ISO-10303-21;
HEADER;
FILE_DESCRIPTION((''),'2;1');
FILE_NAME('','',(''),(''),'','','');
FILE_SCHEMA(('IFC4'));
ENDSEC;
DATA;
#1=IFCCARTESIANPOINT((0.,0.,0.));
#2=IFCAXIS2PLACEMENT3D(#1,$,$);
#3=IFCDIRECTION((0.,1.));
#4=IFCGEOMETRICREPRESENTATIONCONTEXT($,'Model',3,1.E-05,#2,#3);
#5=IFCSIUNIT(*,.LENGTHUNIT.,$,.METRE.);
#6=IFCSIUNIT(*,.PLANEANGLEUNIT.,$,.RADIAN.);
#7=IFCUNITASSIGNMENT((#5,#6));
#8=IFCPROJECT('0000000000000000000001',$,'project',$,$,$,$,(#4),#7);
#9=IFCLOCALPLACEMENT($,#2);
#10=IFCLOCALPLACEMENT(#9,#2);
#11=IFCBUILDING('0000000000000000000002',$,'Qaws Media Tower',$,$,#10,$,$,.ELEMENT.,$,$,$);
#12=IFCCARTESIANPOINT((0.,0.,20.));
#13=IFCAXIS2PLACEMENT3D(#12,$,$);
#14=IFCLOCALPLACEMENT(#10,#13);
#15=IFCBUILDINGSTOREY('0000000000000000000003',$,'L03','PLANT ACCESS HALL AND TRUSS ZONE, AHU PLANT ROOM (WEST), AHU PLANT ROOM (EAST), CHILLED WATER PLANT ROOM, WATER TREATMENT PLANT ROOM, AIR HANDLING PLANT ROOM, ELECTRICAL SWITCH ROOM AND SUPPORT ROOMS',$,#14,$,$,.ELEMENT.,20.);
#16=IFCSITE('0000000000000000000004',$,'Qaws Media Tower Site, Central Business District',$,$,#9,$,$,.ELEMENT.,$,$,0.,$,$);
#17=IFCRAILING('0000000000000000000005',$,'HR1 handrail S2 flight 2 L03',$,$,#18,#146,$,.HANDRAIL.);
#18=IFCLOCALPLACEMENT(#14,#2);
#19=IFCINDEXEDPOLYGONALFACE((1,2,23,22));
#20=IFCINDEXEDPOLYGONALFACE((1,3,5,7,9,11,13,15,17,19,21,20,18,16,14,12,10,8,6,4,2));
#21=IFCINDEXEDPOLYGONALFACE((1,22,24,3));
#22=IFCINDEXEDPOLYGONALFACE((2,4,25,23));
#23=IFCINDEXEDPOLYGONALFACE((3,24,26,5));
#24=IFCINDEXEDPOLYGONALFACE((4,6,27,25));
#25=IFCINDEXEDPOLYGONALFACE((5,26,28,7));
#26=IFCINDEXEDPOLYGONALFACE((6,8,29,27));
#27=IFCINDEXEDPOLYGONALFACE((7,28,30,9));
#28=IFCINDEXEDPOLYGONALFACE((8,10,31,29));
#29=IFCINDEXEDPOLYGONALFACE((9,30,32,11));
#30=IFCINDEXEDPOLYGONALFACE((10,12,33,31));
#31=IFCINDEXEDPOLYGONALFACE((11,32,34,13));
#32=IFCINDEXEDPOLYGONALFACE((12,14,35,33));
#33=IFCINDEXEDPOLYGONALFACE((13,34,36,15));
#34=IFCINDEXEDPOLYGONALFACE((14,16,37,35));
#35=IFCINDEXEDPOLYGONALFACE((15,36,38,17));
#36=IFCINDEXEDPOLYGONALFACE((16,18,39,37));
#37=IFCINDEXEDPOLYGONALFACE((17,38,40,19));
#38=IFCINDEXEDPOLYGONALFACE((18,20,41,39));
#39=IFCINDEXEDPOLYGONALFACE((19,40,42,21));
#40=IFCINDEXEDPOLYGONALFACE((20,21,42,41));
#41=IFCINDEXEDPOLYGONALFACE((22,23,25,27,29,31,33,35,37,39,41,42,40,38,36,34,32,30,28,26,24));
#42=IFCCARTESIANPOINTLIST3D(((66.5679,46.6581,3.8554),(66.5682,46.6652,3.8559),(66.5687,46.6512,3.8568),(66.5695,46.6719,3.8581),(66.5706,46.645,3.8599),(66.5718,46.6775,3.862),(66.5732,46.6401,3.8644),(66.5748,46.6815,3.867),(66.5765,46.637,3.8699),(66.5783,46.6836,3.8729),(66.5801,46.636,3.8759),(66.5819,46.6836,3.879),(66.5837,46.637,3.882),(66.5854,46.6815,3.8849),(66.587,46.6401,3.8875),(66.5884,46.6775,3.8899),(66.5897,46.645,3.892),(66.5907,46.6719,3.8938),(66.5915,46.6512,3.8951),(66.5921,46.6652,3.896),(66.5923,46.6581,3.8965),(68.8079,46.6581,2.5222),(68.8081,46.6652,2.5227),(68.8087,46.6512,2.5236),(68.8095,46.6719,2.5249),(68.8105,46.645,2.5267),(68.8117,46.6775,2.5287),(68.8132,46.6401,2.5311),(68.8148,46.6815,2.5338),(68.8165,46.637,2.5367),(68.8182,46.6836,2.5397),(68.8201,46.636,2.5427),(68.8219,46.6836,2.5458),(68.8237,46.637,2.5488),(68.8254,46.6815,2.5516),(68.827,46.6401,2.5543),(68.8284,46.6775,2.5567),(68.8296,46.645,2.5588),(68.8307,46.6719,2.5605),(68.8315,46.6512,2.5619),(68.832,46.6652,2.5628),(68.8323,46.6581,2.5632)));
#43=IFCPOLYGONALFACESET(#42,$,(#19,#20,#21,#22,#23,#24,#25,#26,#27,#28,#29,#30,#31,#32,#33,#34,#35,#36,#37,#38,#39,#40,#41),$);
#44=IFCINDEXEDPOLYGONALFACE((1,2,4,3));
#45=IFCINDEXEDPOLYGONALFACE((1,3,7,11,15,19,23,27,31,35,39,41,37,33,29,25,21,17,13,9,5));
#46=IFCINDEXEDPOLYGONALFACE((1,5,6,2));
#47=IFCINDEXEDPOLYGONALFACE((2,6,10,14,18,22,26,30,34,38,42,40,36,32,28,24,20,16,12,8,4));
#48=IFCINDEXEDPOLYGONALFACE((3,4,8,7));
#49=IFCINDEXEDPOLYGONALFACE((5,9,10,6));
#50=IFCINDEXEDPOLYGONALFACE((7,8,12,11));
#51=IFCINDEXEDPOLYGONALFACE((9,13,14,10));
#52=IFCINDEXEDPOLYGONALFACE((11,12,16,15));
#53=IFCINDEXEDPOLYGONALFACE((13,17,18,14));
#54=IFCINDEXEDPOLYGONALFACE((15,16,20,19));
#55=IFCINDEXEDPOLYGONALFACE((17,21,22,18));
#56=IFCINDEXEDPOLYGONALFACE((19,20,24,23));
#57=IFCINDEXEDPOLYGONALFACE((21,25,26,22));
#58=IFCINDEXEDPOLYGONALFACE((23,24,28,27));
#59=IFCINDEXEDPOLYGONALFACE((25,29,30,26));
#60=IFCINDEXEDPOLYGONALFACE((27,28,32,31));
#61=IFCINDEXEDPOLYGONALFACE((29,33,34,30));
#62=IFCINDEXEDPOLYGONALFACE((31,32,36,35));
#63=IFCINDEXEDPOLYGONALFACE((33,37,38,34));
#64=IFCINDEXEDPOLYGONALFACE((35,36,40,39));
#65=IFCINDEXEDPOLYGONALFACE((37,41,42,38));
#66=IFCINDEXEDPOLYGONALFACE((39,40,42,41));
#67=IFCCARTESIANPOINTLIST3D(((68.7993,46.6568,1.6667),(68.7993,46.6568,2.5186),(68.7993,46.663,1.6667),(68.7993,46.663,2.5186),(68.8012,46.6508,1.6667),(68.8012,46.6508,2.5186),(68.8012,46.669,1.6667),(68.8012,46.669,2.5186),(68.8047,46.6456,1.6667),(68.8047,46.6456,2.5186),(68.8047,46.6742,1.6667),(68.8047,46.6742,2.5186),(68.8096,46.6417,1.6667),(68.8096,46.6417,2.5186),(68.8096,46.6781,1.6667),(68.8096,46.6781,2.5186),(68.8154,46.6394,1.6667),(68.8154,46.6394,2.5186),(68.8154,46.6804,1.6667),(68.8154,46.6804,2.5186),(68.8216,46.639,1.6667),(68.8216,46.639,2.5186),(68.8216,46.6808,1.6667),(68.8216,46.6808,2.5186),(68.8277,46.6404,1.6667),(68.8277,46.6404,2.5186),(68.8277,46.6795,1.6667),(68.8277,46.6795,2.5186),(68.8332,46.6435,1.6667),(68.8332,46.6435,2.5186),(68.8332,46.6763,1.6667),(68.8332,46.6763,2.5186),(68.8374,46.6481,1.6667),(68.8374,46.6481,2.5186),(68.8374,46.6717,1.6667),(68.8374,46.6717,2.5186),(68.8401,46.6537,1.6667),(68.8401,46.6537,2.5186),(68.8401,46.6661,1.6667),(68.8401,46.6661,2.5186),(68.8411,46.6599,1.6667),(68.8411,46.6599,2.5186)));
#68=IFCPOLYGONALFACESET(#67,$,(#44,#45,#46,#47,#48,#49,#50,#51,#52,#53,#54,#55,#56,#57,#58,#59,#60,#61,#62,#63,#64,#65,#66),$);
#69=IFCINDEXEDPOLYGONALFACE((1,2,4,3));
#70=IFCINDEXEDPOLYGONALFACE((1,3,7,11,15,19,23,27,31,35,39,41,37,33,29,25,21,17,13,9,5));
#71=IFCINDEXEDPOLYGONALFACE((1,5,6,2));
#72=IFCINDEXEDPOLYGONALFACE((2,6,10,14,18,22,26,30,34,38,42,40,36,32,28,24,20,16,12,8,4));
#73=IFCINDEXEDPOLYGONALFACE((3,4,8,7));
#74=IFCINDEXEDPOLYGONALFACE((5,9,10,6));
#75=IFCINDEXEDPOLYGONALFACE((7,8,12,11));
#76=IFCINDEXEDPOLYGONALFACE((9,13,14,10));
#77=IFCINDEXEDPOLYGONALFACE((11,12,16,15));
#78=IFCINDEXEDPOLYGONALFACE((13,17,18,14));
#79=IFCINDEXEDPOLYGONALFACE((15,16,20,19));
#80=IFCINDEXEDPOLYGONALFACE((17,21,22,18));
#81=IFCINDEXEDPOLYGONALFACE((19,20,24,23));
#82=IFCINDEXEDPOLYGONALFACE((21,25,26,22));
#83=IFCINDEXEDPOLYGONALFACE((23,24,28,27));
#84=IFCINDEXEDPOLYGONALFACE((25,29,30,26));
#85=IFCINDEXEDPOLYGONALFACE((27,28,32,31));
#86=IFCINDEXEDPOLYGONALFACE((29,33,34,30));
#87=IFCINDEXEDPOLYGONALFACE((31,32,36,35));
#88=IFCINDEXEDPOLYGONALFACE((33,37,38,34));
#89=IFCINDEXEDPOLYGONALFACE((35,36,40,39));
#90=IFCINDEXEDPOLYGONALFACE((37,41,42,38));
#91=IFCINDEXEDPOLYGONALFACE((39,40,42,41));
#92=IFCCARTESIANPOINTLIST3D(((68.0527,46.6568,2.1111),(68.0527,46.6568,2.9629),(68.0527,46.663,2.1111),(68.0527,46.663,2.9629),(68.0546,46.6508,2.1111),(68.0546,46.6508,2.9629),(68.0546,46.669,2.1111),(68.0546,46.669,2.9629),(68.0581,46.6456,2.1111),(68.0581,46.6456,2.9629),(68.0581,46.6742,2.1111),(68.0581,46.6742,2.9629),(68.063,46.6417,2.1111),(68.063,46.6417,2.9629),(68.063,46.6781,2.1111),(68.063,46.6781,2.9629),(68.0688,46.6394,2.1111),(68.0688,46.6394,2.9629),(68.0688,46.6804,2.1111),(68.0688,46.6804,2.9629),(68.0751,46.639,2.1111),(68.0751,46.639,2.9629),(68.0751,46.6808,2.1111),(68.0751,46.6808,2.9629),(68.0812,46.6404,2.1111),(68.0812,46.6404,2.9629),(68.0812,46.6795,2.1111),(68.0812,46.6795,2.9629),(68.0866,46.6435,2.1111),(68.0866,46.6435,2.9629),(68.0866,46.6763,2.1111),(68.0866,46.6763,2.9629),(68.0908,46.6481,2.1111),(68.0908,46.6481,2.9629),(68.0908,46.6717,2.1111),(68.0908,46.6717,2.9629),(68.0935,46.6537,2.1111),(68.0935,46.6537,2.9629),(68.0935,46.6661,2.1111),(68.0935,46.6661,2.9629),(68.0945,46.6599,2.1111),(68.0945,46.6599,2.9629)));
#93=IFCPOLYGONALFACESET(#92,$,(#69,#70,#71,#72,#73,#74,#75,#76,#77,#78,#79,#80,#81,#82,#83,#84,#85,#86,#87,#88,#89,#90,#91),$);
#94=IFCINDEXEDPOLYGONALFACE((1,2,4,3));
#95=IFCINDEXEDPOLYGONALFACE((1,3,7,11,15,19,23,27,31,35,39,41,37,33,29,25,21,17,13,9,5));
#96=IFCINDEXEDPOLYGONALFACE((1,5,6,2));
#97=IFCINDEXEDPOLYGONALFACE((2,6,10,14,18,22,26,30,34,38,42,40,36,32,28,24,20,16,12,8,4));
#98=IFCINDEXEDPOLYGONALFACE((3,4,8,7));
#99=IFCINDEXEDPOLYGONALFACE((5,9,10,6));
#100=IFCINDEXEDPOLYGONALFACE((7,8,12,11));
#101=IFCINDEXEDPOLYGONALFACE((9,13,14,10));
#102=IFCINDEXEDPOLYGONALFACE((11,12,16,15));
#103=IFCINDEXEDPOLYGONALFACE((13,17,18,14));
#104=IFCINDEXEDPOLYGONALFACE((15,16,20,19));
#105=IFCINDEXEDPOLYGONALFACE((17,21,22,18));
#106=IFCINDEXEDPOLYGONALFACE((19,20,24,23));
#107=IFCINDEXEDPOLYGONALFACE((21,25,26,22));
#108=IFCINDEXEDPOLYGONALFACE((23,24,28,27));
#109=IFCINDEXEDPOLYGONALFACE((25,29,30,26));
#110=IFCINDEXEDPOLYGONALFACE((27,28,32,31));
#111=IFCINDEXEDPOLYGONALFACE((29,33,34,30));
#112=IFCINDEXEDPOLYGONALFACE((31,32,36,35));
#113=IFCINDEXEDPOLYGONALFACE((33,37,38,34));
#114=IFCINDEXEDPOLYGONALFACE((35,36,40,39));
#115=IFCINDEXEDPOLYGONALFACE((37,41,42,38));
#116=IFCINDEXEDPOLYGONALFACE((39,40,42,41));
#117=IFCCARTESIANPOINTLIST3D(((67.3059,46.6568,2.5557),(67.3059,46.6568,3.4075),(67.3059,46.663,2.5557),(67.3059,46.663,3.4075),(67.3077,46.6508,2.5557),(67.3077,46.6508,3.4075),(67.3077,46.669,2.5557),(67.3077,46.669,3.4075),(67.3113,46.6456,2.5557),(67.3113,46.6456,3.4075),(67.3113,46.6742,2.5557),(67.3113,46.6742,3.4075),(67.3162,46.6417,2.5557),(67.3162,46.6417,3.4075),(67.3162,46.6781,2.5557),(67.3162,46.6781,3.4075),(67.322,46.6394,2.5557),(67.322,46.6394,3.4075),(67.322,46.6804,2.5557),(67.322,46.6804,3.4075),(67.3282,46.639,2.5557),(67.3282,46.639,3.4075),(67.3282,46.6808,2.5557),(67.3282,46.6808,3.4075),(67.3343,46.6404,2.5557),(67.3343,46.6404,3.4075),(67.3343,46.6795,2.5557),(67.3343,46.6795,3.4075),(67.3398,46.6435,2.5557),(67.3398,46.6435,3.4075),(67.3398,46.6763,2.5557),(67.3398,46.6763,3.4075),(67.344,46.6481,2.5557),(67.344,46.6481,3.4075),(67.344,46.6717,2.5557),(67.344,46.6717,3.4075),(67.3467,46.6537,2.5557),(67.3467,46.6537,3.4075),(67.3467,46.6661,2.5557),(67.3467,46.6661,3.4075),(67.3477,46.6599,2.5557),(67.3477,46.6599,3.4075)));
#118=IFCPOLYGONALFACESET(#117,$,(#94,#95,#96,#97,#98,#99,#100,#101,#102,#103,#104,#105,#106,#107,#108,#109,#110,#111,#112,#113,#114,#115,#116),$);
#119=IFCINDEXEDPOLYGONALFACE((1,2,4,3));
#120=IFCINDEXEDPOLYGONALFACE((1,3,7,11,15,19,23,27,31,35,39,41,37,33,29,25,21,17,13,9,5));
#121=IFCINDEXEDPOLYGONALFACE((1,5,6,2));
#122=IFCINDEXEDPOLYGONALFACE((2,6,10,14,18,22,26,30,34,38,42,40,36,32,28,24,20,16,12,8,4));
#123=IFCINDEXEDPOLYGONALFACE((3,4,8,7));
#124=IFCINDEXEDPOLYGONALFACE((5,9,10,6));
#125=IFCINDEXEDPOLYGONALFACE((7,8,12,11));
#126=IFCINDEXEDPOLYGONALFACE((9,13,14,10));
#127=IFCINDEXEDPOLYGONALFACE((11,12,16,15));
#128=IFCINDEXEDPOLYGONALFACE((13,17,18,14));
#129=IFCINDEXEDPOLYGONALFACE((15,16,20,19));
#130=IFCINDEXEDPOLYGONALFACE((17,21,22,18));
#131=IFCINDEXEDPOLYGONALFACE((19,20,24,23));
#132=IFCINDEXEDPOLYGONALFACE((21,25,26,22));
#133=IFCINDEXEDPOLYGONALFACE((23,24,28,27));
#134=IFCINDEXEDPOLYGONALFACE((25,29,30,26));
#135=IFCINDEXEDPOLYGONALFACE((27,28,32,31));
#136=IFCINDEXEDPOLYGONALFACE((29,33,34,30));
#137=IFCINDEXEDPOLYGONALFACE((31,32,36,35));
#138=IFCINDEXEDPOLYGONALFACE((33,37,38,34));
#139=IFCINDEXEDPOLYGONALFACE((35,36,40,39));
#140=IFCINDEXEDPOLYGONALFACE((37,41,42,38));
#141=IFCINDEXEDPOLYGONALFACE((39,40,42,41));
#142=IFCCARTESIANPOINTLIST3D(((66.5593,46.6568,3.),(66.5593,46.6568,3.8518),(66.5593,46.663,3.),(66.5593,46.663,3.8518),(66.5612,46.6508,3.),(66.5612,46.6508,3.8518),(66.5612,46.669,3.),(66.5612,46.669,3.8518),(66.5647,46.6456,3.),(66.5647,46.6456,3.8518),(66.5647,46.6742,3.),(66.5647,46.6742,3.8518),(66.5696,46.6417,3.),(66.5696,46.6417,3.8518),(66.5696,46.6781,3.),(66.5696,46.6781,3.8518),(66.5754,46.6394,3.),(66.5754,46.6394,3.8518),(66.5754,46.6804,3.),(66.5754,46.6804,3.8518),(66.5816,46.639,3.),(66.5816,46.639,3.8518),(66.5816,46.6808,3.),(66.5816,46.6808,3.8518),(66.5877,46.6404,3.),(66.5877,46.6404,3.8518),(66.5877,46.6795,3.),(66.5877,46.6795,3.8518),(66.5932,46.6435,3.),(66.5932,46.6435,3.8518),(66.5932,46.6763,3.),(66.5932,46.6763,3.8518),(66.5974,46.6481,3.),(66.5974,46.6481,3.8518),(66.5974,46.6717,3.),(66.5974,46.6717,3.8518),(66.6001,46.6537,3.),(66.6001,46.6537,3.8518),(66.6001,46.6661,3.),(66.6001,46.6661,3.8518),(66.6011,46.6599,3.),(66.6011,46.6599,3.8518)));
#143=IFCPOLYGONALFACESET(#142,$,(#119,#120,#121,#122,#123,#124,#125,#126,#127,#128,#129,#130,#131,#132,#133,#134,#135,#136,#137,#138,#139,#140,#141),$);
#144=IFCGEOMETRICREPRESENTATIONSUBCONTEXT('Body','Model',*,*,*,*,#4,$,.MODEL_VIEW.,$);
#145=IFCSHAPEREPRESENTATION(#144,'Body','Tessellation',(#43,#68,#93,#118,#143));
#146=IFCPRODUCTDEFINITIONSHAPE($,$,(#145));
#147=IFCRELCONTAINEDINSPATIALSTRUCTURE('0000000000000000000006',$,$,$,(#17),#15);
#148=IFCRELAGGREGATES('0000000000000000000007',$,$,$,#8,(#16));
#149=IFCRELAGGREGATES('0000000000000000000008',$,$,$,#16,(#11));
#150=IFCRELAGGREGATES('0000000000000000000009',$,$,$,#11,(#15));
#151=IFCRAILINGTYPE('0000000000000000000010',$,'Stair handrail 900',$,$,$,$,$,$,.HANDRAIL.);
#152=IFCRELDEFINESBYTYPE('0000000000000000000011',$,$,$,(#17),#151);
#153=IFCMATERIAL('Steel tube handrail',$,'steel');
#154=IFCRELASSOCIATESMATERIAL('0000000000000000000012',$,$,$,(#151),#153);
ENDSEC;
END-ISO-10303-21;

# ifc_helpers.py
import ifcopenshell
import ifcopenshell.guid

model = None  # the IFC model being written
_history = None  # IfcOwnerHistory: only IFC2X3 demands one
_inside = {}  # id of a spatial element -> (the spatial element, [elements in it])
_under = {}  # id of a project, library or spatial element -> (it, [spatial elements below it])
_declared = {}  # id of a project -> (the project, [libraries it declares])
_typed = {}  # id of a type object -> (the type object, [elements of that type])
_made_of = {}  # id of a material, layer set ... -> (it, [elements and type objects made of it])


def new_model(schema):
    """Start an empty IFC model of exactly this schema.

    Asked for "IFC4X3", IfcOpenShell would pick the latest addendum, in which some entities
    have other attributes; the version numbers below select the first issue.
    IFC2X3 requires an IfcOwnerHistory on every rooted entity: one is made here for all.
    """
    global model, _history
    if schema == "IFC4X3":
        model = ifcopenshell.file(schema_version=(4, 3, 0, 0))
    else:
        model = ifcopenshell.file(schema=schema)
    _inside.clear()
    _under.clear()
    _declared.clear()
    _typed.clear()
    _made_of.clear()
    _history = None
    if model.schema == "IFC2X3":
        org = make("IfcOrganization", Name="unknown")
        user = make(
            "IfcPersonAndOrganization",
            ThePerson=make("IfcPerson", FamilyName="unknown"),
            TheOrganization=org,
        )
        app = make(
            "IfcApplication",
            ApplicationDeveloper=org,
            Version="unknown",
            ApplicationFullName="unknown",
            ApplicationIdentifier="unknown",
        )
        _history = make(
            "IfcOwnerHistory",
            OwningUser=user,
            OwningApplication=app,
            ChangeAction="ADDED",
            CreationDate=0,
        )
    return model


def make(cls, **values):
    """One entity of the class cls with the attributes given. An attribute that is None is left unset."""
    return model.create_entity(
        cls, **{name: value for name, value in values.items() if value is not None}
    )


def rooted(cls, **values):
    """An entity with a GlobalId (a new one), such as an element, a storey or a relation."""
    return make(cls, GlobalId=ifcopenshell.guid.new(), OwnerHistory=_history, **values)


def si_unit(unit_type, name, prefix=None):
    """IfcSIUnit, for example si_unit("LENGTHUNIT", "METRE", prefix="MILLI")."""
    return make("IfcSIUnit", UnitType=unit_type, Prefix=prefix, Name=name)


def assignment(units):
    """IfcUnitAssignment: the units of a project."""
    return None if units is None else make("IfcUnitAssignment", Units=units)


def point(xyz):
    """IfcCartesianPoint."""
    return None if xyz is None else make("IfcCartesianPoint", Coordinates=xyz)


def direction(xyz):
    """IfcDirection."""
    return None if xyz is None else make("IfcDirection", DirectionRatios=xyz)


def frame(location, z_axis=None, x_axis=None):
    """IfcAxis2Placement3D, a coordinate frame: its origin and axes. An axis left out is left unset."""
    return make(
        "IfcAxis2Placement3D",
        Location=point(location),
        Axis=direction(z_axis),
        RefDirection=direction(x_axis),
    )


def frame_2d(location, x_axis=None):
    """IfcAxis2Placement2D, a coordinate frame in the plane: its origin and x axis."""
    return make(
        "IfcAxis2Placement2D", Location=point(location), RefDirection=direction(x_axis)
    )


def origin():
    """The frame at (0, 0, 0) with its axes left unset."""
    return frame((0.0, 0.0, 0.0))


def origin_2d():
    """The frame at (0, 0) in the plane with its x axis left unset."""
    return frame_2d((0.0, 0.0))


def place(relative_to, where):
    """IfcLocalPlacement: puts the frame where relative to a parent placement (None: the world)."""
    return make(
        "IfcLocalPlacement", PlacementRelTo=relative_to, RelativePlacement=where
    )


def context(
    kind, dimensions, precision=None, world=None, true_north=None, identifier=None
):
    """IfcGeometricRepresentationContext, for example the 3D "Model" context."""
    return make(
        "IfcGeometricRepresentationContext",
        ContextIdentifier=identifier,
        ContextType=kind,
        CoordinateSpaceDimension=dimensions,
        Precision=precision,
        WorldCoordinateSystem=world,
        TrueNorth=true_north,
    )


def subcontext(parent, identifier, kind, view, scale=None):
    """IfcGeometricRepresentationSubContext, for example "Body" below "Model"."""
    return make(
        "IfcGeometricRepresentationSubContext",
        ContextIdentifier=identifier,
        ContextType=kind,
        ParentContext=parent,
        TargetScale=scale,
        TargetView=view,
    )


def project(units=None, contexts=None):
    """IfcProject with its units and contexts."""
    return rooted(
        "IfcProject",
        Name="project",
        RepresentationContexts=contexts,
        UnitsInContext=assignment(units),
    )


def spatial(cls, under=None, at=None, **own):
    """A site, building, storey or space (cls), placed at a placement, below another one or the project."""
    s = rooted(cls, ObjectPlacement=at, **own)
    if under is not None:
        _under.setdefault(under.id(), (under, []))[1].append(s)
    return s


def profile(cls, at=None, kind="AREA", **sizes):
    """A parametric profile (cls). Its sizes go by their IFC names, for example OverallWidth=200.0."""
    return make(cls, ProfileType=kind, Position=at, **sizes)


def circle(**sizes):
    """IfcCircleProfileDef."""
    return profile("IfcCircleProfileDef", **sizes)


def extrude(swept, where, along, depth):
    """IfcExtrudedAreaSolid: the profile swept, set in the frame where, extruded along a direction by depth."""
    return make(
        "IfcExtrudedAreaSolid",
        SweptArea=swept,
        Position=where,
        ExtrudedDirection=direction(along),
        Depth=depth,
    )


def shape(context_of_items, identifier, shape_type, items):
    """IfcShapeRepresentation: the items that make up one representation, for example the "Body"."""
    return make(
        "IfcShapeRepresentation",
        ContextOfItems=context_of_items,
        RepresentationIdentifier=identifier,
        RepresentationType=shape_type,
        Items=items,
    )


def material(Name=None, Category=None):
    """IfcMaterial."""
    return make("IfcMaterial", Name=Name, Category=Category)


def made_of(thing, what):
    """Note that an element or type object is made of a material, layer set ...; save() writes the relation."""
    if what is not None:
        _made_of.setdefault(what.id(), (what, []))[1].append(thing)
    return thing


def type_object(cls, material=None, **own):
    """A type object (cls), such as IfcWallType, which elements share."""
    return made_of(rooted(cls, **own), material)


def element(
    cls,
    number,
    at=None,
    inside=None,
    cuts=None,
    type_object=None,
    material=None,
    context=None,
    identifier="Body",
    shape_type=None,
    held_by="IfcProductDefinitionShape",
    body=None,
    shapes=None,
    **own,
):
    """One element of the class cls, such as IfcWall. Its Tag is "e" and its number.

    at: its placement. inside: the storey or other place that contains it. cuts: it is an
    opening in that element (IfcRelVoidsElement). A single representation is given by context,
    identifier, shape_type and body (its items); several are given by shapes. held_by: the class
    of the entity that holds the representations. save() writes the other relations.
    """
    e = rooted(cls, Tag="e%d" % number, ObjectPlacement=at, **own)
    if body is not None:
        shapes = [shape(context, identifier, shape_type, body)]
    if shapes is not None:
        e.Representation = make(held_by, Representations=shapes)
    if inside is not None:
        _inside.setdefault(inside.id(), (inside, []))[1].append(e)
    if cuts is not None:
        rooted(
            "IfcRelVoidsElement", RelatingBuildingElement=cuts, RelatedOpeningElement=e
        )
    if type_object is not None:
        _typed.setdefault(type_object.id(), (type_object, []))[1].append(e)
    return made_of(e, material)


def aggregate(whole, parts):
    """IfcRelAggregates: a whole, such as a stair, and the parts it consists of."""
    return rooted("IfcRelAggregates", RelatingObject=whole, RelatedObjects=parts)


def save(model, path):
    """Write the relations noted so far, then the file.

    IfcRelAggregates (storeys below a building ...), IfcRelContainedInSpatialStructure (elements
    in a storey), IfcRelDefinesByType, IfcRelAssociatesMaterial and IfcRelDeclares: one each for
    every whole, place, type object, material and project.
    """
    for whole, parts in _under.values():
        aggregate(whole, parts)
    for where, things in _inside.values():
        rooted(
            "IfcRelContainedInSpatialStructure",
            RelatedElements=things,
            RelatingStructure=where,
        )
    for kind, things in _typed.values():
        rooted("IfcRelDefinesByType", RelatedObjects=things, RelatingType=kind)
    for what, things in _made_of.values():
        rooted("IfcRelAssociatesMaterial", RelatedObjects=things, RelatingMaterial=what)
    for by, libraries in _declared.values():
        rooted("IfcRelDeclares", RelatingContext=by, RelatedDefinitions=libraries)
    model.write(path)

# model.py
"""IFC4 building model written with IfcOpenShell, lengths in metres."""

from ifc_helpers import new_model, si_unit, direction, frame, origin, origin_2d, place, context, subcontext, project, spatial, circle, extrude, material, type_object, element, save


model = new_model("IFC4")

# Units and contexts
model_context = context("Model", 3, precision=1e-05, world=origin(), true_north=direction((0.0, 1.0)))
body_context = subcontext(model_context, "Body", "Model", "MODEL_VIEW")
ifc_project = project(units=[si_unit("LENGTHUNIT", "METRE"), si_unit("PLANEANGLEUNIT", "RADIAN")], contexts=[model_context])

# Site, building, storey
site_placement = place(None, origin())
site = spatial("IfcSite", under=ifc_project, at=site_placement, Name="Qaws Media Tower Site, Central Business District", CompositionType="ELEMENT", RefElevation=0.0)
building_placement = place(site_placement, origin())
building = spatial("IfcBuilding", under=site, at=building_placement, Name="Qaws Media Tower", CompositionType="ELEMENT")
storey_placement = place(building_placement, frame((0.0, 0.0, 20.0)))
storey = spatial("IfcBuildingStorey", under=building, at=storey_placement, Name="L03", Description="PLANT ACCESS HALL AND TRUSS ZONE, AHU PLANT ROOM (WEST), AHU PLANT ROOM (EAST), CHILLED WATER PLANT ROOM, WATER TREATMENT PLANT ROOM, AIR HANDLING PLANT ROOM, ELECTRICAL SWITCH ROOM AND SUPPORT ROOMS", CompositionType="ELEMENT", Elevation=20.0)

# Railing
ifc_material_1 = material(Name="Steel tube handrail", Category="steel")
railing_type = type_object("IfcRailingType", Name="Stair handrail 900", PredefinedType="HANDRAIL", material=ifc_material_1)
for number, where, name in (
    (1, (68.8201, 46.6599, 1.6667), "HR1 handrail S2 flight 2 L03"),
):
    element("IfcRailing", number, at=place(storey_placement, frame(where)), inside=storey, type_object=railing_type, Name=name, PredefinedType="HANDRAIL", context=body_context, shape_type="SweptSolid", body=[
        extrude(circle(Radius=0.0239, at=origin_2d()), frame((0.0, 0.0, 0.876), z_axis=(-0.859306, 0.0, 0.511462), x_axis=(0.0, -1.0, 0.0)), (0.0, 0.0, 1.0), 2.6067),
        extrude(circle(Radius=0.021, at=origin_2d()), origin(), (0.0, 0.0, 1.0), 0.8518),
        extrude(circle(Radius=0.021, at=origin_2d()), frame((-0.7466, 0.0, 0.4443)), (0.0, 0.0, 1.0), 0.8518),
        extrude(circle(Radius=0.021, at=origin_2d()), frame((-1.4934, 0.0, 0.8889)), (0.0, 0.0, 1.0), 0.8518),
        extrude(circle(Radius=0.021, at=origin_2d()), frame((-2.24, 0.0, 1.3333)), (0.0, 0.0, 1.0), 0.8518),
    ])

save(model, "model.ifc")
